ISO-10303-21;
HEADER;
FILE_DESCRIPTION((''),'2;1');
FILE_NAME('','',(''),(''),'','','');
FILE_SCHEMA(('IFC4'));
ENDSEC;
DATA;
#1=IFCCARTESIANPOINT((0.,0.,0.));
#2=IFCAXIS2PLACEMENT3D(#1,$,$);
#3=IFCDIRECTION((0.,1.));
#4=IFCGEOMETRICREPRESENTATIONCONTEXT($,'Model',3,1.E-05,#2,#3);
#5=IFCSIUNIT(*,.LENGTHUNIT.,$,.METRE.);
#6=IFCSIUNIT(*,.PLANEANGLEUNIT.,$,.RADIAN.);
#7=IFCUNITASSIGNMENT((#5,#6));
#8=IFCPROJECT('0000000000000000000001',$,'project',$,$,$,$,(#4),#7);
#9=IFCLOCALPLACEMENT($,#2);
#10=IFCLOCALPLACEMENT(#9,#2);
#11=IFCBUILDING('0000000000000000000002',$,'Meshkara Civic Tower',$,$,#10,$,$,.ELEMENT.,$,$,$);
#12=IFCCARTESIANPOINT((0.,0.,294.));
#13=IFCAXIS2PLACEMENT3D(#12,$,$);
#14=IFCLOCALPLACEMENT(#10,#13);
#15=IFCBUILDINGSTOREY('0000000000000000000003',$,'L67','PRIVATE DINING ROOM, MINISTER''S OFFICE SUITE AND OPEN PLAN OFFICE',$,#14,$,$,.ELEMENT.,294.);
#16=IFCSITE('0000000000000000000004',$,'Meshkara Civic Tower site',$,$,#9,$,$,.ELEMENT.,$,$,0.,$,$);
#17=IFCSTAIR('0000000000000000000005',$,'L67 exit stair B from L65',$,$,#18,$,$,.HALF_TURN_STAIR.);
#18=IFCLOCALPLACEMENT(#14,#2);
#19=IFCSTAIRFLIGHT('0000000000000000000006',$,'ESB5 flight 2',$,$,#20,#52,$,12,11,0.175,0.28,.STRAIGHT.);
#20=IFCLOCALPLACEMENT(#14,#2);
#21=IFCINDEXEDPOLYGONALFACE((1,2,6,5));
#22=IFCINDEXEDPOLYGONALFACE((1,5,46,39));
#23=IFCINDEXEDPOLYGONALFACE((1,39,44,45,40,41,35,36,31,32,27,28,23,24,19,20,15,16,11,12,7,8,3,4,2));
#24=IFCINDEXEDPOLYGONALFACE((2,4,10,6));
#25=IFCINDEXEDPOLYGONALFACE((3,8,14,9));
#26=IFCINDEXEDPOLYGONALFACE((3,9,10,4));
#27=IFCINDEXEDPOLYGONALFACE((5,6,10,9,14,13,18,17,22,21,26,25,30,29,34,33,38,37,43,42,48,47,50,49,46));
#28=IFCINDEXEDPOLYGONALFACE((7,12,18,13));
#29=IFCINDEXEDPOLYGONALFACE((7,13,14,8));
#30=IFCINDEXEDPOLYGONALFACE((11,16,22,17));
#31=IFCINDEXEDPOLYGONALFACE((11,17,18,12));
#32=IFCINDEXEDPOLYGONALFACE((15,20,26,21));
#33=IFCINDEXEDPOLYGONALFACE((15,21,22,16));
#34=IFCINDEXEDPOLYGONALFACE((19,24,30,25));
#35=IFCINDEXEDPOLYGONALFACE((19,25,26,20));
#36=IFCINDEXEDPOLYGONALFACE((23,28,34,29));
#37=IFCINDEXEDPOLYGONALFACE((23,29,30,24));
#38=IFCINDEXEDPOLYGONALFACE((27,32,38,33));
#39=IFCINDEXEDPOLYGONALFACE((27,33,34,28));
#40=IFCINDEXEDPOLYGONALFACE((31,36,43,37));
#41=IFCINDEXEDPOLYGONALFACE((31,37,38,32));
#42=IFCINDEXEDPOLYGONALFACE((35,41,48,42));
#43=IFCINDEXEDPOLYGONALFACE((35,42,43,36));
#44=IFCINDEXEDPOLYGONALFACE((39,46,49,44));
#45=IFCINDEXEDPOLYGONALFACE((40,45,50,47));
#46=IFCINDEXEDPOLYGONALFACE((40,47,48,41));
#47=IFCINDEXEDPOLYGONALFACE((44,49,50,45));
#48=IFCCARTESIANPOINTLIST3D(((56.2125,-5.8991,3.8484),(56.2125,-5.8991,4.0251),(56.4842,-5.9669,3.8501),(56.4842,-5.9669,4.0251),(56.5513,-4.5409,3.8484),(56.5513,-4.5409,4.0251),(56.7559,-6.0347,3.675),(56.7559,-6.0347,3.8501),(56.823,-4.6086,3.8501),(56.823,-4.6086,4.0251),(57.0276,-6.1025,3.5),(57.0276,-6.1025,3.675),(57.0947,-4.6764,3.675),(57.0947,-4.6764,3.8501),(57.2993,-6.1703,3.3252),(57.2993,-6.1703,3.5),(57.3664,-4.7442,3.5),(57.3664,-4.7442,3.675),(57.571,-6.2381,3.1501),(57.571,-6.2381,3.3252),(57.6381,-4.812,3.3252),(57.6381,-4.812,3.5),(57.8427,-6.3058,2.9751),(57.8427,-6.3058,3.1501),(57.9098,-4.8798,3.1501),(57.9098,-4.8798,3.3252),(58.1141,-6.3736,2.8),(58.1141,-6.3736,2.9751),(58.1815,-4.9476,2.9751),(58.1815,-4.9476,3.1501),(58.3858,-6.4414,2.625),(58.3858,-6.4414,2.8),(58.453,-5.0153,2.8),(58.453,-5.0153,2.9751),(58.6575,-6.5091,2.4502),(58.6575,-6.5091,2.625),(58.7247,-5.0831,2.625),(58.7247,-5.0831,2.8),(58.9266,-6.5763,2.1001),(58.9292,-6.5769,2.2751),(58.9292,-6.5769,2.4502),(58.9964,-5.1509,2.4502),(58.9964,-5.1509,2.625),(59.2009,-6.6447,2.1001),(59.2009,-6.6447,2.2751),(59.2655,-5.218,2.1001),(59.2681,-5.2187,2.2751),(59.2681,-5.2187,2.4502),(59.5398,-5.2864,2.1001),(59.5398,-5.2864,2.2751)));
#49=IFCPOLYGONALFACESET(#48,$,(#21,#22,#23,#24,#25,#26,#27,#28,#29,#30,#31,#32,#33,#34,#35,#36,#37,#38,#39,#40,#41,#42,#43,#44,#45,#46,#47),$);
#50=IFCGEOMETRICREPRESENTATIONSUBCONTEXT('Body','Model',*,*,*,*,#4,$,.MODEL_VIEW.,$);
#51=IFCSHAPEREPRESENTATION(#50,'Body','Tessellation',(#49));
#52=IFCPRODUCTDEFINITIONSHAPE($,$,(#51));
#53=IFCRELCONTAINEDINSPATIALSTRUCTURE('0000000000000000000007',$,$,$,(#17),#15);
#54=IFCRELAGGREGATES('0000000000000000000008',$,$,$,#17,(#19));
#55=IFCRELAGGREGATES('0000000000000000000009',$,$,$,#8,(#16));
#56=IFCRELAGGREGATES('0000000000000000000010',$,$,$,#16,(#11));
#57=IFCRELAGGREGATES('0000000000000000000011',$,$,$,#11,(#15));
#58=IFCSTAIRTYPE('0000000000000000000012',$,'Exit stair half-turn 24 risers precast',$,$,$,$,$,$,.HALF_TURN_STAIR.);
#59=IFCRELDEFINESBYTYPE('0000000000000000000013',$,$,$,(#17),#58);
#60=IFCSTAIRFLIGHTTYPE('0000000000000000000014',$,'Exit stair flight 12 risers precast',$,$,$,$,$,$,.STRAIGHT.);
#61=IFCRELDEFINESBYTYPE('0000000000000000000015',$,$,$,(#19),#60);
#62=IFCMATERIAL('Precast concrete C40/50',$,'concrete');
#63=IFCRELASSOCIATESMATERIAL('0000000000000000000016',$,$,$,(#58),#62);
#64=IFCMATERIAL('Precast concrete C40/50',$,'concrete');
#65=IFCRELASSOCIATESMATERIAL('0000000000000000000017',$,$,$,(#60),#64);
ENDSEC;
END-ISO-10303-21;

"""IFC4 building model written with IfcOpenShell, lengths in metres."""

from ifc_helpers import new_model, si_unit, direction, frame, origin, place, context, subcontext, project, spatial, polyline, outline, extrude, material, type_object, element, aggregate, save


model = new_model("IFC4")

# Units and contexts
model_context = context("Model", 3, precision=1e-05, world=origin(), true_north=direction((0.0, 1.0)))
body_context = subcontext(model_context, "Body", "Model", "MODEL_VIEW")
ifc_project = project(units=[si_unit("LENGTHUNIT", "METRE"), si_unit("PLANEANGLEUNIT", "RADIAN")], contexts=[model_context])

# Site, building, storey
site_placement = place(None, origin())
site = spatial("IfcSite", under=ifc_project, at=site_placement, Name="Meshkara Civic Tower site", CompositionType="ELEMENT", RefElevation=0.0)
building_placement = place(site_placement, origin())
building = spatial("IfcBuilding", under=site, at=building_placement, Name="Meshkara Civic Tower", CompositionType="ELEMENT")
storey_placement = place(building_placement, frame((0.0, 0.0, 294.0)))
storey = spatial("IfcBuildingStorey", under=building, at=storey_placement, Name="L67", Description="PRIVATE DINING ROOM, MINISTER'S OFFICE SUITE AND OPEN PLAN OFFICE", CompositionType="ELEMENT", Elevation=294.0)

# Stair, stair flight
ifc_material_1 = material(Name="Precast concrete C40/50", Category="concrete")
stair_type = type_object("IfcStairType", Name="Exit stair half-turn 24 risers precast", PredefinedType="HALF_TURN_STAIR", material=ifc_material_1)
stair_placement = place(storey_placement, origin())
stair = element("IfcStair", 1, at=stair_placement, inside=storey, type_object=stair_type, Name="L67 exit stair B from L65", PredefinedType="HALF_TURN_STAIR")
ifc_material_2 = material(Name="Precast concrete C40/50", Category="concrete")
stair_flight_type = type_object("IfcStairFlightType", Name="Exit stair flight 12 risers precast", PredefinedType="STRAIGHT", material=ifc_material_2)
stair_flight_1_placement = place(storey_placement, frame((59.3704, -5.9656, 2.1001), z_axis=(0.0, 0.0, 1.0), x_axis=(-0.97026, 0.242065, 0.0)))
stair_flight_1 = element("IfcStairFlight", 2, at=stair_flight_1_placement, type_object=stair_flight_type, Name="ESB5 flight 2", NumberOfRisers=12, NumberOfTreads=11, PredefinedType="STRAIGHT", RiserHeight=0.175, TreadLength=0.28, context=body_context, shape_type="SweptSolid", body=[
    extrude(outline(polyline([(0.0, 0.0), (0.0, 0.175), (0.28, 0.175), (0.28, 0.3501), (0.5601, 0.3501), (0.5601, 0.5249), (0.8401, 0.5249), (0.8401, 0.7), (1.1201, 0.7), (1.1201, 0.875), (1.3999, 0.875), (1.3999, 1.05), (1.6799, 1.05), (1.6799, 1.2251), (1.96, 1.2251), (1.96, 1.3999), (2.24, 1.3999), (2.24, 1.575), (2.52, 1.575), (2.52, 1.75), (2.8, 1.75), (2.8, 1.925), (3.0801, 1.925), (3.0801, 2.1001), (3.0801, 1.7483), (0.2827, 0.0), (0.0, 0.0)])), frame((0.0, 0.7, 0.0), z_axis=(0.0, -1.0, 0.0), x_axis=(1.0, 0.0, 0.0)), (0.0, 0.0, 1.0), 1.3999),
])
aggregate(stair, [stair_flight_1])

save(model, "model.ifc")
